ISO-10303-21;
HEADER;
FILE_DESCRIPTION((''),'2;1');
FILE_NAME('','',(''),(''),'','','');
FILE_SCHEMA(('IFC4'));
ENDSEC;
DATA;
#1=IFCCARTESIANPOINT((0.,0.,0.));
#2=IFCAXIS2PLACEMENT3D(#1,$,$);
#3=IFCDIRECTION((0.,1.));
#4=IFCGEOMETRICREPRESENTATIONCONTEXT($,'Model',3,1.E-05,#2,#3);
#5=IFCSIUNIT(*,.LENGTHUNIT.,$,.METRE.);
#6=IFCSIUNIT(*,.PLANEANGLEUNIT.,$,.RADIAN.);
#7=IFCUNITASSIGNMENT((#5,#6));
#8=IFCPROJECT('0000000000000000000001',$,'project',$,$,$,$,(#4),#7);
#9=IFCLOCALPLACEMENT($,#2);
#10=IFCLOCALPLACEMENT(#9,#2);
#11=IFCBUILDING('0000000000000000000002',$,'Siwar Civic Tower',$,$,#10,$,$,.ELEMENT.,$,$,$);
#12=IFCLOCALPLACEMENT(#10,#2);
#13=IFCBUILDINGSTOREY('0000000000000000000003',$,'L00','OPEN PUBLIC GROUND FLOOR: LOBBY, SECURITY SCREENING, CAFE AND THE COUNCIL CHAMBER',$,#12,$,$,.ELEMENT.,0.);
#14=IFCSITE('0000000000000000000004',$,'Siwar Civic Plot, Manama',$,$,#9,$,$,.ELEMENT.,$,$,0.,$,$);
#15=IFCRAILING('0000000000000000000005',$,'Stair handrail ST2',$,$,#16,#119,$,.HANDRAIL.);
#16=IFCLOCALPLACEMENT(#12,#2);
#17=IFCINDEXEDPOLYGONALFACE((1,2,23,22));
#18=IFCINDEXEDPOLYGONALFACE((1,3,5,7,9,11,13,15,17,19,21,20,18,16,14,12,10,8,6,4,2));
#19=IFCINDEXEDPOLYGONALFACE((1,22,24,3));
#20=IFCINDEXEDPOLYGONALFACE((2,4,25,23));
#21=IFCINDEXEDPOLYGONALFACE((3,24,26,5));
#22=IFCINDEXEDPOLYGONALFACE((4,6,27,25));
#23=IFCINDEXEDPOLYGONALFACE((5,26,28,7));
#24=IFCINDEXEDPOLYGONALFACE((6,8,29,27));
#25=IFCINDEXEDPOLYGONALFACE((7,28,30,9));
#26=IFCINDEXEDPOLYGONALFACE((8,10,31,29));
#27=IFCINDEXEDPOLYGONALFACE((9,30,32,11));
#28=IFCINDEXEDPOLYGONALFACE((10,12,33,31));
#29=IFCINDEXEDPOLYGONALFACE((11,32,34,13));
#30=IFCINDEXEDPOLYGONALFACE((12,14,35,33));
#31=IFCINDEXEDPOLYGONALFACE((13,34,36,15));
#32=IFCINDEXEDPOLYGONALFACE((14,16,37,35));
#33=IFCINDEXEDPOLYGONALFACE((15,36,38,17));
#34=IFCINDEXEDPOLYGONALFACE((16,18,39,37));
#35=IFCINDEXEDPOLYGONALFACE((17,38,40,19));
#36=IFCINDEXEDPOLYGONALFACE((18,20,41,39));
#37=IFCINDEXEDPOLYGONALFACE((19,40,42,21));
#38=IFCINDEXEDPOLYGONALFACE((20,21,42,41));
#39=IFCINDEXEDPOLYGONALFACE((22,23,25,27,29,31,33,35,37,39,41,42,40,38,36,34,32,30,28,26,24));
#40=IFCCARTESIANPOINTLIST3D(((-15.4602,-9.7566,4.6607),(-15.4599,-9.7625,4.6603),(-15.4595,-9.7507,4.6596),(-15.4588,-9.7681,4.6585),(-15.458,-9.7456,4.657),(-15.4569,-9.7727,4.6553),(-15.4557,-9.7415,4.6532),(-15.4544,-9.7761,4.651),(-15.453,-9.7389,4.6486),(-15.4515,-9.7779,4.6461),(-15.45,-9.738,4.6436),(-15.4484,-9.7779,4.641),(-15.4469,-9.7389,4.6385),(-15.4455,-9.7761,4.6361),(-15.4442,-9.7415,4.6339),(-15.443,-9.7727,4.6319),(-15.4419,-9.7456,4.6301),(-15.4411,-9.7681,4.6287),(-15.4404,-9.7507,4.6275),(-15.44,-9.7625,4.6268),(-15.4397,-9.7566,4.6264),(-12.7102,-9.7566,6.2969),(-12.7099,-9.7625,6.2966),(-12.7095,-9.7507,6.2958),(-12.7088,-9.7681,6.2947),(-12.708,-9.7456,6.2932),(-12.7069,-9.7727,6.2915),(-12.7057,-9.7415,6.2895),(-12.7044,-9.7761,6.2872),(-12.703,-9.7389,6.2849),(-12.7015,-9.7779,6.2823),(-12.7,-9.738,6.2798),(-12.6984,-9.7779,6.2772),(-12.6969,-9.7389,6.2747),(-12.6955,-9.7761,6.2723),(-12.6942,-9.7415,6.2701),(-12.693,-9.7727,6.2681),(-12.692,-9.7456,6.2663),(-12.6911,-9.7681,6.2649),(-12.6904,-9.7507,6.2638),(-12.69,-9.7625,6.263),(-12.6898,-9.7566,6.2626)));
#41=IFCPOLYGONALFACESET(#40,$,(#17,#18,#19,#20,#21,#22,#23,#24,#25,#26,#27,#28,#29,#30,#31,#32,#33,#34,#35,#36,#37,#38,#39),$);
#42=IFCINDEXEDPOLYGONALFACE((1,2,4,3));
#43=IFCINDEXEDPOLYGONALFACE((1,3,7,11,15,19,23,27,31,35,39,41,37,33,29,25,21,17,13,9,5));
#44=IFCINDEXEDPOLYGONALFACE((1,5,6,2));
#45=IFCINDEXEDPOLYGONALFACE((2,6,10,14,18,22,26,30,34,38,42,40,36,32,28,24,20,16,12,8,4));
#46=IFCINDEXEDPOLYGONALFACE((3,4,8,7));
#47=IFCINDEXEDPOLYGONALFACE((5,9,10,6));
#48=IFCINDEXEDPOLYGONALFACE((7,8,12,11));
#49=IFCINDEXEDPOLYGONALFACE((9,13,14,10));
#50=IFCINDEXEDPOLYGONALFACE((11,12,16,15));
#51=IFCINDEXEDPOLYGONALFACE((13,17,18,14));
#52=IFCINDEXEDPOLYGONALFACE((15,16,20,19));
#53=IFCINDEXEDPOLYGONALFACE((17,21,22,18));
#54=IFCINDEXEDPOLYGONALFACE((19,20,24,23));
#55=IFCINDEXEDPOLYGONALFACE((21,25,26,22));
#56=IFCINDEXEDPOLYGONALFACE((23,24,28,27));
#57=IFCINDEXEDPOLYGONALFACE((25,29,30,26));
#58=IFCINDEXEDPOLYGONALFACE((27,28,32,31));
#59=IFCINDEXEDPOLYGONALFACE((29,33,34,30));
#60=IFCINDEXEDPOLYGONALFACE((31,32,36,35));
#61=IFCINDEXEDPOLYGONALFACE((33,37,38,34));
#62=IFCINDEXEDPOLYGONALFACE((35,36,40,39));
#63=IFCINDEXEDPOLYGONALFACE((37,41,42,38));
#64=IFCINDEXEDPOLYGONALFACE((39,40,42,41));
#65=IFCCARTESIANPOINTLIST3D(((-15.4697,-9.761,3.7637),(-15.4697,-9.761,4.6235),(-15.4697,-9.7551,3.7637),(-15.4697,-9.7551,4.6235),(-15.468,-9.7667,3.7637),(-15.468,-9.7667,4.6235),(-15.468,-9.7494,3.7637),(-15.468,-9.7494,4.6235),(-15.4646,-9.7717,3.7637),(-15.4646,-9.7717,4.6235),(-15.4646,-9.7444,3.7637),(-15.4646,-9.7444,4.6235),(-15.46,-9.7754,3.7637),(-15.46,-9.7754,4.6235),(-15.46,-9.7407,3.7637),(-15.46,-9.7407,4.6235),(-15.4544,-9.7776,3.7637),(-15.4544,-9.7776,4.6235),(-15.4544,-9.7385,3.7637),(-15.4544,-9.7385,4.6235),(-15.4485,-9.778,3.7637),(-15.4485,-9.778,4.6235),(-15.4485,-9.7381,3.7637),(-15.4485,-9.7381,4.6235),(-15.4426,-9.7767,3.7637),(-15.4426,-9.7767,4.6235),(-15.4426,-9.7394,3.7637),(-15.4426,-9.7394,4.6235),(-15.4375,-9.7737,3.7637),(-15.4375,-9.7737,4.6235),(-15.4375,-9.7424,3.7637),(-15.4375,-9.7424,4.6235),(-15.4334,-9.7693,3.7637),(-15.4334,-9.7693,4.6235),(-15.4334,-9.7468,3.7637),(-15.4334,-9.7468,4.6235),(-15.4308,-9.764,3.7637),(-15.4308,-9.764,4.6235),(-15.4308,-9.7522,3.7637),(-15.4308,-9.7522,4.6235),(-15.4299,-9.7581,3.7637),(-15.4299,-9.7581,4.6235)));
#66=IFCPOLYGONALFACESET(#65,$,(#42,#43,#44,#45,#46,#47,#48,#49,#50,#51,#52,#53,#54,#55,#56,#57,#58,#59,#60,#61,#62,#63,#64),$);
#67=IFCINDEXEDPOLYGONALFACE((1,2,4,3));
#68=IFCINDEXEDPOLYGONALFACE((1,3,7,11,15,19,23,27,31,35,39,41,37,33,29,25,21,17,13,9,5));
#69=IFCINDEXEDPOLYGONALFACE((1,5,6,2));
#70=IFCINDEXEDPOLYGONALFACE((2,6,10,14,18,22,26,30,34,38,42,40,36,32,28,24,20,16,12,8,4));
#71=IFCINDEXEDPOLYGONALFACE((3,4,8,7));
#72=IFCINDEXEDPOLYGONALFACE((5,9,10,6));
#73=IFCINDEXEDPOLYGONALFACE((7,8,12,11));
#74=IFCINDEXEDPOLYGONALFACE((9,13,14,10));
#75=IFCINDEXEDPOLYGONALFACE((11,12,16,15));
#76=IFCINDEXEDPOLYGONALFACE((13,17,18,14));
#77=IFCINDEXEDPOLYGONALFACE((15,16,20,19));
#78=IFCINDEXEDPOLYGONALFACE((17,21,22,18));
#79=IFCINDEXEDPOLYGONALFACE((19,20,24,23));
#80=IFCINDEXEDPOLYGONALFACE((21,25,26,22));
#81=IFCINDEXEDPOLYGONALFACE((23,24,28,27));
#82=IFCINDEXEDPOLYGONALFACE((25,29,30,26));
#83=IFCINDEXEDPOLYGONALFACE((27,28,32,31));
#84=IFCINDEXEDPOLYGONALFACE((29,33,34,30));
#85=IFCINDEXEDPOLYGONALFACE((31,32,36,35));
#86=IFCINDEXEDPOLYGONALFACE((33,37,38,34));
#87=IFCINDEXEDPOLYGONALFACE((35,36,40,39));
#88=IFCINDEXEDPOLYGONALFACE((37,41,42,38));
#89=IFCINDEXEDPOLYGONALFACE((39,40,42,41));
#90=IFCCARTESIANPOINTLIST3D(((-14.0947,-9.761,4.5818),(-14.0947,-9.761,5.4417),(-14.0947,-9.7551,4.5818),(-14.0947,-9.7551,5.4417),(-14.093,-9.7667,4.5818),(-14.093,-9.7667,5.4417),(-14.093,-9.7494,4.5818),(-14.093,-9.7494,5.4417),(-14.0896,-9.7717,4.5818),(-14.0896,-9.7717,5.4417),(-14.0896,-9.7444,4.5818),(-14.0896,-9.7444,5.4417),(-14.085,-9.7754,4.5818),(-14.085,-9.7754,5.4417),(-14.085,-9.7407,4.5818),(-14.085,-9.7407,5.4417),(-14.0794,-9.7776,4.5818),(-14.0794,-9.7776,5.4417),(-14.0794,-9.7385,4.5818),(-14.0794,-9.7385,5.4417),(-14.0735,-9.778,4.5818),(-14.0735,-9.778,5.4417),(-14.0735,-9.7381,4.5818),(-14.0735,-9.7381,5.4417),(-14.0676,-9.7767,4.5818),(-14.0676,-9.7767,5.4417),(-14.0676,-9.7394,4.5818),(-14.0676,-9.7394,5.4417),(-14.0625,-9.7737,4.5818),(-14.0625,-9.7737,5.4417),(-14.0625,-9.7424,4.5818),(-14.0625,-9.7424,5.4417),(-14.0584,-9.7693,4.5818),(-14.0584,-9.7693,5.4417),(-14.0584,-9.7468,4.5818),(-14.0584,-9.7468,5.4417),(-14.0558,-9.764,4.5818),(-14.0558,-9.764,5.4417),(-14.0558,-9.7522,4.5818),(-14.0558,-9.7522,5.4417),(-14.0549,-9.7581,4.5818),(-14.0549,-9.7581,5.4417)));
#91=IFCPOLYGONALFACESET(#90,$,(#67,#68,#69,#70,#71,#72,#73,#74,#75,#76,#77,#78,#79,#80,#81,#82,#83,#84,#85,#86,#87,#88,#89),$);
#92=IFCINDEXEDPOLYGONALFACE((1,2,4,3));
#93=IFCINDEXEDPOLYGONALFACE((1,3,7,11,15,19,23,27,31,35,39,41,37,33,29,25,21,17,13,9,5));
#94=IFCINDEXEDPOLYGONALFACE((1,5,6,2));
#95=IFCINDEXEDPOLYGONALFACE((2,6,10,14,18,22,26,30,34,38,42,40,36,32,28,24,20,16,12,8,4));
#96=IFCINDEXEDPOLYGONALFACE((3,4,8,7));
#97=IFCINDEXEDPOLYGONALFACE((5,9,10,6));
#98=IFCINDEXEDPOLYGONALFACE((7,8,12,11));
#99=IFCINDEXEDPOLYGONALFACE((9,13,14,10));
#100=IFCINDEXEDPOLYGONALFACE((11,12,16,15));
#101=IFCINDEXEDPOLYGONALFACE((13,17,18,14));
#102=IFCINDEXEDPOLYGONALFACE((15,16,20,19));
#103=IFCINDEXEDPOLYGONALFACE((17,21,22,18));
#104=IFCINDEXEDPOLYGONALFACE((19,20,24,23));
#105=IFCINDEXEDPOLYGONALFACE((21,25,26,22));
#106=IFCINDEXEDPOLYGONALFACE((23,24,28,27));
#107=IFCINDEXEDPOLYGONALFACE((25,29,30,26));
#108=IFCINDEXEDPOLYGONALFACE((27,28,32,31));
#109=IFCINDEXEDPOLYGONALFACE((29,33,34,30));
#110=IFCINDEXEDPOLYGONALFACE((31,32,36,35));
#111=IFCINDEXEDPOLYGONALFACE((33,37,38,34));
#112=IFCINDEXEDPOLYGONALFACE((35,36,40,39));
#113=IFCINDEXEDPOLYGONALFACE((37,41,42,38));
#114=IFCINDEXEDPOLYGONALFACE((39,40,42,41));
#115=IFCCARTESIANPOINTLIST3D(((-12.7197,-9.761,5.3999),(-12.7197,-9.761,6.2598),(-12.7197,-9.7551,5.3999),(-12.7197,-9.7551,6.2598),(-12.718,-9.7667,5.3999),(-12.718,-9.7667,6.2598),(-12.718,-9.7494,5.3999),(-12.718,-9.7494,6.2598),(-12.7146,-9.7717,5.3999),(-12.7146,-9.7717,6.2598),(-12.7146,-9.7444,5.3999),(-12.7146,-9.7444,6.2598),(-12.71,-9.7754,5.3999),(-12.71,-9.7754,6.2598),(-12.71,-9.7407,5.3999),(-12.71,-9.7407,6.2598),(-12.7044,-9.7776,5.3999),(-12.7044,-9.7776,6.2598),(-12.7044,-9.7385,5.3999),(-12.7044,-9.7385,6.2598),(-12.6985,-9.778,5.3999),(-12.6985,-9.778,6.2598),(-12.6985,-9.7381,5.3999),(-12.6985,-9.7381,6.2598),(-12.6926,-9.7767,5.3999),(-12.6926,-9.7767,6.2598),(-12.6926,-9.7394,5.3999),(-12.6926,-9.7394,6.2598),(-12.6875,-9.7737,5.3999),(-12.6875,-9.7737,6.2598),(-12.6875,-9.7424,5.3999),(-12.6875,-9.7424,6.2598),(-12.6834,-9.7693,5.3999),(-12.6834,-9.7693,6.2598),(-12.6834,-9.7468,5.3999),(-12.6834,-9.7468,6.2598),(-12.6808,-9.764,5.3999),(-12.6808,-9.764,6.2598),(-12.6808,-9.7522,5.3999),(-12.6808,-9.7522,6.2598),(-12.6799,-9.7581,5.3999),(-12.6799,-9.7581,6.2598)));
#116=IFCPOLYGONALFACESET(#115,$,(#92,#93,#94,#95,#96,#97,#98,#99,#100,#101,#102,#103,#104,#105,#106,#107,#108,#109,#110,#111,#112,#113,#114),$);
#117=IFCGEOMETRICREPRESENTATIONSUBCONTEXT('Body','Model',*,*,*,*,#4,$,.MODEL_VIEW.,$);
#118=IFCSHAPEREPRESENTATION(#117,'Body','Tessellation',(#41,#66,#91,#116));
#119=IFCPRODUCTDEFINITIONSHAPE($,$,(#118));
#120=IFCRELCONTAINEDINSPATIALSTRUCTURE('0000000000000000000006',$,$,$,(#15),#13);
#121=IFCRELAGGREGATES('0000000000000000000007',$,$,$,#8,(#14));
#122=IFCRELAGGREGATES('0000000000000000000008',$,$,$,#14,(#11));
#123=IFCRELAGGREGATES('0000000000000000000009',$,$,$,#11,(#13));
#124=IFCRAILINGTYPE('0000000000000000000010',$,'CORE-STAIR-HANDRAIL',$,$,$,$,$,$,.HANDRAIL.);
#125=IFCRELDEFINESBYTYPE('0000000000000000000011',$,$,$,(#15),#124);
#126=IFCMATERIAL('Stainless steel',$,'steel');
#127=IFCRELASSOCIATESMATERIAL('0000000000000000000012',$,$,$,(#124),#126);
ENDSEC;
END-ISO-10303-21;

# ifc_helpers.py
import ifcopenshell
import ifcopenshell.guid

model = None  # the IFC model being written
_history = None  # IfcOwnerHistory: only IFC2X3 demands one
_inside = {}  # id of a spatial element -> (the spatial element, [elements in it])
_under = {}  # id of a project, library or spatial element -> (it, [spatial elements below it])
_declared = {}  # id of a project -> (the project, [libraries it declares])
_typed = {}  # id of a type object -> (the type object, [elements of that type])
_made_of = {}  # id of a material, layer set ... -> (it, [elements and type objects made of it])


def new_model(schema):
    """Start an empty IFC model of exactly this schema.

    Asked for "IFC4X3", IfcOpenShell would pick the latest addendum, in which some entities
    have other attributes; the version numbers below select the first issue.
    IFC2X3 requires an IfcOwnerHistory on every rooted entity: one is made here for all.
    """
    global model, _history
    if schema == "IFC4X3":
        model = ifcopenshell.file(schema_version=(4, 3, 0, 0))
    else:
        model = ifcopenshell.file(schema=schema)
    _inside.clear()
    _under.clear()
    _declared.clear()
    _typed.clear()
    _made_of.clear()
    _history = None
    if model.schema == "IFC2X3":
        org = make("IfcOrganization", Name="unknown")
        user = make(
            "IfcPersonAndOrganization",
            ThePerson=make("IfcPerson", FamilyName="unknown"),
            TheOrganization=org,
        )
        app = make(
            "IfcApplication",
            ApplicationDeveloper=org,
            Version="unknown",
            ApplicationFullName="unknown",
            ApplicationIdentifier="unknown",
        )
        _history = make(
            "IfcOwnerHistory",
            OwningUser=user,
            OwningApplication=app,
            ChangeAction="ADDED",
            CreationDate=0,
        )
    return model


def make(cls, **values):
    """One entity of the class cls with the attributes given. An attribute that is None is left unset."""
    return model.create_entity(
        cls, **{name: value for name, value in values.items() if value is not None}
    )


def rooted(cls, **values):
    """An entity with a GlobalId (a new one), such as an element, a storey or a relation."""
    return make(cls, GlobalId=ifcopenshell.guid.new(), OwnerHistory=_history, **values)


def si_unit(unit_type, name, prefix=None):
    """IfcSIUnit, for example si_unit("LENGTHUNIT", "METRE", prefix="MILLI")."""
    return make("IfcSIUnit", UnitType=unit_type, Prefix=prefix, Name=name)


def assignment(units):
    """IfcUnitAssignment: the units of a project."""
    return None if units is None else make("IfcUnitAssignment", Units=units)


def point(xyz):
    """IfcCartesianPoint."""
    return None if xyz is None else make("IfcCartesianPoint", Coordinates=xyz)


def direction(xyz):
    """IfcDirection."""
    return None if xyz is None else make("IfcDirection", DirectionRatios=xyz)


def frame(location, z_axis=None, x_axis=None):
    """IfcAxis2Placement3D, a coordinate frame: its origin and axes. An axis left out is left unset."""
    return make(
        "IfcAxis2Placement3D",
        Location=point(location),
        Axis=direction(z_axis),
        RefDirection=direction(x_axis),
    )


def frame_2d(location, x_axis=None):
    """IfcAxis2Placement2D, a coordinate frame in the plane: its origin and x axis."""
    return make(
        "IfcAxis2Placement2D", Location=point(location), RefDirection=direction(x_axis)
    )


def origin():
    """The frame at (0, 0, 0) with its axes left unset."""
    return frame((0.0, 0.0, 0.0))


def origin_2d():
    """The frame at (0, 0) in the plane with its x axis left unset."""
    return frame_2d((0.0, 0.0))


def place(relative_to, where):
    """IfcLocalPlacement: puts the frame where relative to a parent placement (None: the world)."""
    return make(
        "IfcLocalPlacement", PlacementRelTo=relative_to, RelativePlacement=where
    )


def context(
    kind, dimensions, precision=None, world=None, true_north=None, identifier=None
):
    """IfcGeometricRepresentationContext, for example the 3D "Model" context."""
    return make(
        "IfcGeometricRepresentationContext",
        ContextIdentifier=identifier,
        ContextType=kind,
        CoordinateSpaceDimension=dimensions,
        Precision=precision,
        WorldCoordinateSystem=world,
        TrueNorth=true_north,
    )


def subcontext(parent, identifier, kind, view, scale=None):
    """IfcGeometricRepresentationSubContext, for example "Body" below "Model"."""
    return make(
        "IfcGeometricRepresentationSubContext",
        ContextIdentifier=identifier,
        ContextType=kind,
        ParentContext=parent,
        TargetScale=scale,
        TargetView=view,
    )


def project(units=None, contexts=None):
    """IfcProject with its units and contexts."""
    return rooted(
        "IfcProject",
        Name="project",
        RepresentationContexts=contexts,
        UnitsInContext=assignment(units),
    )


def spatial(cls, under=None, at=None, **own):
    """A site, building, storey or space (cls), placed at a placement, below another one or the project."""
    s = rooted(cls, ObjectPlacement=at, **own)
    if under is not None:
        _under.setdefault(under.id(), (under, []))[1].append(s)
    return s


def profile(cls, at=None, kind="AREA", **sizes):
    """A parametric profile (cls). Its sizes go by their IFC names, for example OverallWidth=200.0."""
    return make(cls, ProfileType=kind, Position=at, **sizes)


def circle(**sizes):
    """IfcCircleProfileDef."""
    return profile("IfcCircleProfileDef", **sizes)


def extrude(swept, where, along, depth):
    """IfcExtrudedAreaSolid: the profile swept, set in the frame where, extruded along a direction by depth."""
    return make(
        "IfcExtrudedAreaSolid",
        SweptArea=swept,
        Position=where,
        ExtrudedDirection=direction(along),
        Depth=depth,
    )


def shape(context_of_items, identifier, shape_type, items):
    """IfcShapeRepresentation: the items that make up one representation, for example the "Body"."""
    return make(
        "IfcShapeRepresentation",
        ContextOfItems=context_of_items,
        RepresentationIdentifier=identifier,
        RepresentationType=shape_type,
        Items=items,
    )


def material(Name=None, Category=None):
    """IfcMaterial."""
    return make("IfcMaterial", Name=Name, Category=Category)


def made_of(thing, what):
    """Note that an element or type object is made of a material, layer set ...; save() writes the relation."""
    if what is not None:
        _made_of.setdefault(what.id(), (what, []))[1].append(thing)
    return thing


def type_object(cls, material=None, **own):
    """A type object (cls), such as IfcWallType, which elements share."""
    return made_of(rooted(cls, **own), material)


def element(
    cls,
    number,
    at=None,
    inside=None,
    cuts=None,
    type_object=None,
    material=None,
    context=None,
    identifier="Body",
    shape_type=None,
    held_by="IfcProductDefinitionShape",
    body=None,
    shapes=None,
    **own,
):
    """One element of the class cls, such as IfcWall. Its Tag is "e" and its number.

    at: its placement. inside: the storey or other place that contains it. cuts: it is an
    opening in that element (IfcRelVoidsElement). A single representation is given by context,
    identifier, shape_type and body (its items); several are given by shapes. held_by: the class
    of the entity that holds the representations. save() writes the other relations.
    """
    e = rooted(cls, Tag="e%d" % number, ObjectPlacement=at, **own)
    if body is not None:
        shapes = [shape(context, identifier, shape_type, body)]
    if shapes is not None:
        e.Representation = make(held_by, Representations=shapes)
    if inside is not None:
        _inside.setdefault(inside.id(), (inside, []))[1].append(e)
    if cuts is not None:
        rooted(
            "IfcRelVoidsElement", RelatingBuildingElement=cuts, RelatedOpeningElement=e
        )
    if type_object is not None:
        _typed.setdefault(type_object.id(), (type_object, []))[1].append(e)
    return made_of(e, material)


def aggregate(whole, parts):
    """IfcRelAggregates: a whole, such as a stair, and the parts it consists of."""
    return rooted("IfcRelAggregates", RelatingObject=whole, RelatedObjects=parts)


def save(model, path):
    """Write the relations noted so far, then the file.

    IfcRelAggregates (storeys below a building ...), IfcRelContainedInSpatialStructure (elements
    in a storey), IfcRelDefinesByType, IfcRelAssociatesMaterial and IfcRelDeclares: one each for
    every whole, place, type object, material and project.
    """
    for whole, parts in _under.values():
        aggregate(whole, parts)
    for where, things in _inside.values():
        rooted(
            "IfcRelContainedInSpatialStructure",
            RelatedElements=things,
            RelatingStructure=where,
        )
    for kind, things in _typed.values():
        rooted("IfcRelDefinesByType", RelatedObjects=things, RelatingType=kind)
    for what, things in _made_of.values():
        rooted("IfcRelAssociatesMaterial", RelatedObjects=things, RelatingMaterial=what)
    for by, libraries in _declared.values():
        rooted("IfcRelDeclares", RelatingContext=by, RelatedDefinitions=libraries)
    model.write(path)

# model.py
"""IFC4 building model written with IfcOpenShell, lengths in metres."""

from ifc_helpers import new_model, si_unit, direction, frame, origin, origin_2d, place, context, subcontext, project, spatial, circle, extrude, material, type_object, element, save


model = new_model("IFC4")

# Units and contexts
model_context = context("Model", 3, precision=1e-05, world=origin(), true_north=direction((0.0, 1.0)))
body_context = subcontext(model_context, "Body", "Model", "MODEL_VIEW")
ifc_project = project(units=[si_unit("LENGTHUNIT", "METRE"), si_unit("PLANEANGLEUNIT", "RADIAN")], contexts=[model_context])

# Site, building, storey
site_placement = place(None, origin())
site = spatial("IfcSite", under=ifc_project, at=site_placement, Name="Siwar Civic Plot, Manama", CompositionType="ELEMENT", RefElevation=0.0)
building_placement = place(site_placement, origin())
building = spatial("IfcBuilding", under=site, at=building_placement, Name="Siwar Civic Tower", CompositionType="ELEMENT")
storey_placement = place(building_placement, origin())
storey = spatial("IfcBuildingStorey", under=building, at=storey_placement, Name="L00", Description="OPEN PUBLIC GROUND FLOOR: LOBBY, SECURITY SCREENING, CAFE AND THE COUNCIL CHAMBER", CompositionType="ELEMENT", Elevation=0.0)

# Railing
ifc_material_1 = material(Name="Stainless steel", Category="steel")
railing_type = type_object("IfcRailingType", Name="CORE-STAIR-HANDRAIL", PredefinedType="HANDRAIL", material=ifc_material_1)
railing_1_placement = place(storey_placement, frame((-15.45, -9.7581, 3.7637)))
element("IfcRailing", 1, at=railing_1_placement, inside=storey, type_object=railing_type, Name="Stair handrail ST2", PredefinedType="HANDRAIL", context=body_context, shape_type="SweptSolid", body=[
    extrude(circle(Radius=0.02, at=origin_2d()), frame((0.0, 0.0, 0.8799), z_axis=(0.859385, 0.0, 0.511328), x_axis=(0.0, 1.0, 0.0)), (0.0, 0.0, 1.0), 3.2),
    extrude(circle(Radius=0.02, at=origin_2d()), origin(), (0.0, 0.0, 1.0), 0.8599),
    extrude(circle(Radius=0.02, at=origin_2d()), frame((1.375, 0.0, 0.8181)), (0.0, 0.0, 1.0), 0.8599),
    extrude(circle(Radius=0.02, at=origin_2d()), frame((2.75, 0.0, 1.6362)), (0.0, 0.0, 1.0), 0.8599),
])

save(model, "model.ifc")
